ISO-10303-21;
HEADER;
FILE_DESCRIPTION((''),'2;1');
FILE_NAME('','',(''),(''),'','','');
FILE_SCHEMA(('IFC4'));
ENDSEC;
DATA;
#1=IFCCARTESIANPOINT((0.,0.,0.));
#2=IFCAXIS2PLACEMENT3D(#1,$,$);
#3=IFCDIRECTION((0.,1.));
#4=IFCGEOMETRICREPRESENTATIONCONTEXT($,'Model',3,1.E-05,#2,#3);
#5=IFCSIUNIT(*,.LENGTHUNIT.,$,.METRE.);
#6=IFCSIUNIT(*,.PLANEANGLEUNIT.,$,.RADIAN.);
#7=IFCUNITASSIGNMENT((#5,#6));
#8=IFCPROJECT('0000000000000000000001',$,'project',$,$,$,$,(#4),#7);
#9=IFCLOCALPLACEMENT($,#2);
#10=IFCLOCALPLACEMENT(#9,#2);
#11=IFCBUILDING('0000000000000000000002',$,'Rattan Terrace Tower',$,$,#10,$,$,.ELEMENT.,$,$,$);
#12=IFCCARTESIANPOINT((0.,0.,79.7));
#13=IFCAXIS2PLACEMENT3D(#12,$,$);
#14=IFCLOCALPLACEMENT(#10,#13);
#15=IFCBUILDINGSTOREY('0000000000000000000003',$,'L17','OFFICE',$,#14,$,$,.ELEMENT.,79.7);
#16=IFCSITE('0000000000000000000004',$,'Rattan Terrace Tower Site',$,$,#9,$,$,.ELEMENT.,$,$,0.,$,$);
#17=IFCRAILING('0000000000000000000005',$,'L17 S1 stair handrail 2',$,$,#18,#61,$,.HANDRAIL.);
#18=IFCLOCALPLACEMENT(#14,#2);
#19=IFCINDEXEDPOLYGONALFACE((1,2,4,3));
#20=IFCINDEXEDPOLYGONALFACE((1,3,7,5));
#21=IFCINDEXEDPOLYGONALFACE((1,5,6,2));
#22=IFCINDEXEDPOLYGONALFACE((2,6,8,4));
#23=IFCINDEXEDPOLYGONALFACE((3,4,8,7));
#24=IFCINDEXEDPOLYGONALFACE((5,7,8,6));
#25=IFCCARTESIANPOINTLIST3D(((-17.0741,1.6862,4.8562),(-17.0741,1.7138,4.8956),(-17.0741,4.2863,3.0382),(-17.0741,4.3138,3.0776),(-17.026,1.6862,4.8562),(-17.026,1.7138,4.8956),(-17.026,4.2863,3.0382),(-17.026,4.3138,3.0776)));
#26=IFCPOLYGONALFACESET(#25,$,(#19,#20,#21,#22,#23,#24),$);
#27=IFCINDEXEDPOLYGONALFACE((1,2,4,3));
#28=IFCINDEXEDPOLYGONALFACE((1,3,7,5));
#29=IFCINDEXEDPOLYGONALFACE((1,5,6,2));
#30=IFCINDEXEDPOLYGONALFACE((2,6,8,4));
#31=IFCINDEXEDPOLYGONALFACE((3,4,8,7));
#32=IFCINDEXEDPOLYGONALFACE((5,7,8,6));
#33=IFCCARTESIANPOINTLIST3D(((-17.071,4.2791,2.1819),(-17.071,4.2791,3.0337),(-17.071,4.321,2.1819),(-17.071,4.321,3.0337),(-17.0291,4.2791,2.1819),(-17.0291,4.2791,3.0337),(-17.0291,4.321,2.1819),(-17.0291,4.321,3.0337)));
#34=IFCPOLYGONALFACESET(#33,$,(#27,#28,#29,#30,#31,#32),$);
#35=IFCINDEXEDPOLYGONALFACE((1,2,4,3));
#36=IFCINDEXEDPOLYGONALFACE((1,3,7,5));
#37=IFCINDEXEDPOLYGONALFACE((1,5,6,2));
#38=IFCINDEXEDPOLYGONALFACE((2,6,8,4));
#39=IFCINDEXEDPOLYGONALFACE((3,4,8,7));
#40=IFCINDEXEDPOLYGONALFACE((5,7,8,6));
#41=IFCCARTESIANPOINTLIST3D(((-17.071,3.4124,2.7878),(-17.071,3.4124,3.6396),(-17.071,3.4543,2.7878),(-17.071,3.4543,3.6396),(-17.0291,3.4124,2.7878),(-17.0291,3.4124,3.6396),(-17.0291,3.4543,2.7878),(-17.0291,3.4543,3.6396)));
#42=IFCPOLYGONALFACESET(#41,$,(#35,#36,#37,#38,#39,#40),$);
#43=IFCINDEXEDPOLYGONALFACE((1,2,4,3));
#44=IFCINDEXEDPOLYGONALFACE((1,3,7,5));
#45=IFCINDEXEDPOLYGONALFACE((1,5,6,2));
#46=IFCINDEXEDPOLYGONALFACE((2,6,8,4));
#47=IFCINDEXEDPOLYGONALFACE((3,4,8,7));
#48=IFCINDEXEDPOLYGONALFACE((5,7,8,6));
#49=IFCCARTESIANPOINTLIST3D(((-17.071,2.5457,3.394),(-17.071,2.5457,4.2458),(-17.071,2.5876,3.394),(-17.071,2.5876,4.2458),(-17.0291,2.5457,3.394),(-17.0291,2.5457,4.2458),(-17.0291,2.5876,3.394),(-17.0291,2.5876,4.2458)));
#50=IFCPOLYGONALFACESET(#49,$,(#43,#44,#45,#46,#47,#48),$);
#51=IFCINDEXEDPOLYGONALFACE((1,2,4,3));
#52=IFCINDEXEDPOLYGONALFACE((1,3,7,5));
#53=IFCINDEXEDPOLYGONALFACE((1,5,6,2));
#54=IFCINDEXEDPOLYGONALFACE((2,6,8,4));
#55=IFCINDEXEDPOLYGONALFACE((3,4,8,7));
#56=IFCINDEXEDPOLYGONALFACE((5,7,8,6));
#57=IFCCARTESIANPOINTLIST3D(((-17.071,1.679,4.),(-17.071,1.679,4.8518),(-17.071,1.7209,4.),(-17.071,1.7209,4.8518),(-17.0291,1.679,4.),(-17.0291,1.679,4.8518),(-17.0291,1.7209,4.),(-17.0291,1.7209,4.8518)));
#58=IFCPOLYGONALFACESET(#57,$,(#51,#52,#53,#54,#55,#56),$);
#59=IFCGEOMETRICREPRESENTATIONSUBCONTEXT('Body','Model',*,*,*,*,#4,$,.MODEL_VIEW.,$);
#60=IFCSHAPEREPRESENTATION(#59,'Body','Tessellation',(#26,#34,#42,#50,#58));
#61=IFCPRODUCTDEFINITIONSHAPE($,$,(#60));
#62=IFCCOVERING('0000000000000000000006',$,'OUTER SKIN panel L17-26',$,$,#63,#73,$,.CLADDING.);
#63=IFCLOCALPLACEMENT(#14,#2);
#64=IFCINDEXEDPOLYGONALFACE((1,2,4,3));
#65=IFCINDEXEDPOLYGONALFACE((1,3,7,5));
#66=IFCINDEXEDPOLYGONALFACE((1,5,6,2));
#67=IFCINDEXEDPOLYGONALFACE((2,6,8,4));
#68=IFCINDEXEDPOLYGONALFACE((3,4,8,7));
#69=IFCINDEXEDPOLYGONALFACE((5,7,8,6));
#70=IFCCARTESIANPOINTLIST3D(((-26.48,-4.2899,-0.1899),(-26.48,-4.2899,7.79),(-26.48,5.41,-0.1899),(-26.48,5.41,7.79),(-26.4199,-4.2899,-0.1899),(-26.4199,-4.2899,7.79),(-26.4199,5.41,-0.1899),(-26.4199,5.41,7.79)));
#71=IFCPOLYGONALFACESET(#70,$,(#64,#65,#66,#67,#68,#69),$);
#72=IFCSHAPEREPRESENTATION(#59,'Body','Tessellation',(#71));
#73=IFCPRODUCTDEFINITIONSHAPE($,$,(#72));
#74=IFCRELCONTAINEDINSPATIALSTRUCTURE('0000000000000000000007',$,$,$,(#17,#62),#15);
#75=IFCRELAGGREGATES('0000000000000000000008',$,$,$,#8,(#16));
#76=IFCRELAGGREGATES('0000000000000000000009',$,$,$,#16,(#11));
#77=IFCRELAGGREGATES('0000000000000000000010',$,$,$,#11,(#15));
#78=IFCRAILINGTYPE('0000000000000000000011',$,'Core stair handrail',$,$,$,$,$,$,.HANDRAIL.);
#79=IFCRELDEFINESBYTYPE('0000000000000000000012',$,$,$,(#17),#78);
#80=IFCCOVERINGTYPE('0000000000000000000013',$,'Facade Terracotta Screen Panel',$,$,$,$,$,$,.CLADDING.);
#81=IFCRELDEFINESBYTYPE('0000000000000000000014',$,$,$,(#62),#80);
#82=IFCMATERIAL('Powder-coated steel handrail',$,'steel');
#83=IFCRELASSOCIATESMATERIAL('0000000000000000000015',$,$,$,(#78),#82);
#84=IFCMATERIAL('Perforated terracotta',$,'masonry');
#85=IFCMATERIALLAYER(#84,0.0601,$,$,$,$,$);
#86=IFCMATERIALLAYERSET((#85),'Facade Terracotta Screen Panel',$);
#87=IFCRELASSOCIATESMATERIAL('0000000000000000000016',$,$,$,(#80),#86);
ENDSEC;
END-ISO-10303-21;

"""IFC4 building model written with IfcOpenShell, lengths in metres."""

from ifc_helpers import new_model, si_unit, direction, frame, origin, origin_2d, place, context, subcontext, project, spatial, rectangle, extrude, material, layer, layer_set, type_object, element, save


model = new_model("IFC4")

# Units and contexts
model_context = context("Model", 3, precision=1e-05, world=origin(), true_north=direction((0.0, 1.0)))
body_context = subcontext(model_context, "Body", "Model", "MODEL_VIEW")
ifc_project = project(units=[si_unit("LENGTHUNIT", "METRE"), si_unit("PLANEANGLEUNIT", "RADIAN")], contexts=[model_context])

# Site, building, storey
site_placement = place(None, origin())
site = spatial("IfcSite", under=ifc_project, at=site_placement, Name="Rattan Terrace Tower Site", CompositionType="ELEMENT", RefElevation=0.0)
building_placement = place(site_placement, origin())
building = spatial("IfcBuilding", under=site, at=building_placement, Name="Rattan Terrace Tower", CompositionType="ELEMENT")
storey_placement = place(building_placement, frame((0.0, 0.0, 79.7)))
storey = spatial("IfcBuildingStorey", under=building, at=storey_placement, Name="L17", Description="OFFICE", CompositionType="ELEMENT", Elevation=79.7)

# Railing
ifc_material_1 = material(Name="Powder-coated steel handrail", Category="steel")
railing_type_1 = type_object("IfcRailingType", Name="Core stair handrail", PredefinedType="HANDRAIL", material=ifc_material_1)
railing_1_placement = place(storey_placement, frame((-17.05, 4.3, 2.1819)))
element("IfcRailing", 1, at=railing_1_placement, inside=storey, type_object=railing_type_1, Name="L17 S1 stair handrail 2", PredefinedType="HANDRAIL", context=body_context, shape_type="SweptSolid", body=[
    extrude(rectangle(XDim=0.0481, YDim=0.0481, at=origin_2d()), frame((0.0, 0.0, 0.876), z_axis=(0.0, -0.819521, 0.573049), x_axis=(1.0, 0.0, 0.0)), (0.0, 0.0, 1.0), 3.1726),
    extrude(rectangle(XDim=0.042, YDim=0.042, at=origin_2d()), origin(), (0.0, 0.0, 1.0), 0.8518),
    extrude(rectangle(XDim=0.042, YDim=0.042, at=origin_2d()), frame((0.0, -0.8667, 0.606)), (0.0, 0.0, 1.0), 0.8518),
    extrude(rectangle(XDim=0.042, YDim=0.042, at=origin_2d()), frame((0.0, -1.7334, 1.2122)), (0.0, 0.0, 1.0), 0.8518),
    extrude(rectangle(XDim=0.042, YDim=0.042, at=origin_2d()), frame((0.0, -2.6001, 1.8181)), (0.0, 0.0, 1.0), 0.8518),
])

# Covering
ifc_material_2 = material(Name="Perforated terracotta", Category="masonry")
ifc_layer_1 = layer(ifc_material_2, 0.0601)
ifc_layer_set_1 = layer_set([ifc_layer_1], Name="Facade Terracotta Screen Panel")
covering_type = type_object("IfcCoveringType", Name="Facade Terracotta Screen Panel", PredefinedType="CLADDING", material=ifc_layer_set_1)
covering_placement = place(storey_placement, frame((-26.45, 0.5601, -0.1899), z_axis=(0.0, 0.0, 1.0), x_axis=(0.0, -1.0, 0.0)))
element("IfcCovering", 2, at=covering_placement, inside=storey, type_object=covering_type, Name="OUTER SKIN panel L17-26", PredefinedType="CLADDING", context=body_context, shape_type="SweptSolid", body=[
    extrude(rectangle(XDim=9.7, YDim=0.0601, at=origin_2d()), origin(), (0.0, 0.0, 1.0), 7.98),
])

save(model, "model.ifc")
